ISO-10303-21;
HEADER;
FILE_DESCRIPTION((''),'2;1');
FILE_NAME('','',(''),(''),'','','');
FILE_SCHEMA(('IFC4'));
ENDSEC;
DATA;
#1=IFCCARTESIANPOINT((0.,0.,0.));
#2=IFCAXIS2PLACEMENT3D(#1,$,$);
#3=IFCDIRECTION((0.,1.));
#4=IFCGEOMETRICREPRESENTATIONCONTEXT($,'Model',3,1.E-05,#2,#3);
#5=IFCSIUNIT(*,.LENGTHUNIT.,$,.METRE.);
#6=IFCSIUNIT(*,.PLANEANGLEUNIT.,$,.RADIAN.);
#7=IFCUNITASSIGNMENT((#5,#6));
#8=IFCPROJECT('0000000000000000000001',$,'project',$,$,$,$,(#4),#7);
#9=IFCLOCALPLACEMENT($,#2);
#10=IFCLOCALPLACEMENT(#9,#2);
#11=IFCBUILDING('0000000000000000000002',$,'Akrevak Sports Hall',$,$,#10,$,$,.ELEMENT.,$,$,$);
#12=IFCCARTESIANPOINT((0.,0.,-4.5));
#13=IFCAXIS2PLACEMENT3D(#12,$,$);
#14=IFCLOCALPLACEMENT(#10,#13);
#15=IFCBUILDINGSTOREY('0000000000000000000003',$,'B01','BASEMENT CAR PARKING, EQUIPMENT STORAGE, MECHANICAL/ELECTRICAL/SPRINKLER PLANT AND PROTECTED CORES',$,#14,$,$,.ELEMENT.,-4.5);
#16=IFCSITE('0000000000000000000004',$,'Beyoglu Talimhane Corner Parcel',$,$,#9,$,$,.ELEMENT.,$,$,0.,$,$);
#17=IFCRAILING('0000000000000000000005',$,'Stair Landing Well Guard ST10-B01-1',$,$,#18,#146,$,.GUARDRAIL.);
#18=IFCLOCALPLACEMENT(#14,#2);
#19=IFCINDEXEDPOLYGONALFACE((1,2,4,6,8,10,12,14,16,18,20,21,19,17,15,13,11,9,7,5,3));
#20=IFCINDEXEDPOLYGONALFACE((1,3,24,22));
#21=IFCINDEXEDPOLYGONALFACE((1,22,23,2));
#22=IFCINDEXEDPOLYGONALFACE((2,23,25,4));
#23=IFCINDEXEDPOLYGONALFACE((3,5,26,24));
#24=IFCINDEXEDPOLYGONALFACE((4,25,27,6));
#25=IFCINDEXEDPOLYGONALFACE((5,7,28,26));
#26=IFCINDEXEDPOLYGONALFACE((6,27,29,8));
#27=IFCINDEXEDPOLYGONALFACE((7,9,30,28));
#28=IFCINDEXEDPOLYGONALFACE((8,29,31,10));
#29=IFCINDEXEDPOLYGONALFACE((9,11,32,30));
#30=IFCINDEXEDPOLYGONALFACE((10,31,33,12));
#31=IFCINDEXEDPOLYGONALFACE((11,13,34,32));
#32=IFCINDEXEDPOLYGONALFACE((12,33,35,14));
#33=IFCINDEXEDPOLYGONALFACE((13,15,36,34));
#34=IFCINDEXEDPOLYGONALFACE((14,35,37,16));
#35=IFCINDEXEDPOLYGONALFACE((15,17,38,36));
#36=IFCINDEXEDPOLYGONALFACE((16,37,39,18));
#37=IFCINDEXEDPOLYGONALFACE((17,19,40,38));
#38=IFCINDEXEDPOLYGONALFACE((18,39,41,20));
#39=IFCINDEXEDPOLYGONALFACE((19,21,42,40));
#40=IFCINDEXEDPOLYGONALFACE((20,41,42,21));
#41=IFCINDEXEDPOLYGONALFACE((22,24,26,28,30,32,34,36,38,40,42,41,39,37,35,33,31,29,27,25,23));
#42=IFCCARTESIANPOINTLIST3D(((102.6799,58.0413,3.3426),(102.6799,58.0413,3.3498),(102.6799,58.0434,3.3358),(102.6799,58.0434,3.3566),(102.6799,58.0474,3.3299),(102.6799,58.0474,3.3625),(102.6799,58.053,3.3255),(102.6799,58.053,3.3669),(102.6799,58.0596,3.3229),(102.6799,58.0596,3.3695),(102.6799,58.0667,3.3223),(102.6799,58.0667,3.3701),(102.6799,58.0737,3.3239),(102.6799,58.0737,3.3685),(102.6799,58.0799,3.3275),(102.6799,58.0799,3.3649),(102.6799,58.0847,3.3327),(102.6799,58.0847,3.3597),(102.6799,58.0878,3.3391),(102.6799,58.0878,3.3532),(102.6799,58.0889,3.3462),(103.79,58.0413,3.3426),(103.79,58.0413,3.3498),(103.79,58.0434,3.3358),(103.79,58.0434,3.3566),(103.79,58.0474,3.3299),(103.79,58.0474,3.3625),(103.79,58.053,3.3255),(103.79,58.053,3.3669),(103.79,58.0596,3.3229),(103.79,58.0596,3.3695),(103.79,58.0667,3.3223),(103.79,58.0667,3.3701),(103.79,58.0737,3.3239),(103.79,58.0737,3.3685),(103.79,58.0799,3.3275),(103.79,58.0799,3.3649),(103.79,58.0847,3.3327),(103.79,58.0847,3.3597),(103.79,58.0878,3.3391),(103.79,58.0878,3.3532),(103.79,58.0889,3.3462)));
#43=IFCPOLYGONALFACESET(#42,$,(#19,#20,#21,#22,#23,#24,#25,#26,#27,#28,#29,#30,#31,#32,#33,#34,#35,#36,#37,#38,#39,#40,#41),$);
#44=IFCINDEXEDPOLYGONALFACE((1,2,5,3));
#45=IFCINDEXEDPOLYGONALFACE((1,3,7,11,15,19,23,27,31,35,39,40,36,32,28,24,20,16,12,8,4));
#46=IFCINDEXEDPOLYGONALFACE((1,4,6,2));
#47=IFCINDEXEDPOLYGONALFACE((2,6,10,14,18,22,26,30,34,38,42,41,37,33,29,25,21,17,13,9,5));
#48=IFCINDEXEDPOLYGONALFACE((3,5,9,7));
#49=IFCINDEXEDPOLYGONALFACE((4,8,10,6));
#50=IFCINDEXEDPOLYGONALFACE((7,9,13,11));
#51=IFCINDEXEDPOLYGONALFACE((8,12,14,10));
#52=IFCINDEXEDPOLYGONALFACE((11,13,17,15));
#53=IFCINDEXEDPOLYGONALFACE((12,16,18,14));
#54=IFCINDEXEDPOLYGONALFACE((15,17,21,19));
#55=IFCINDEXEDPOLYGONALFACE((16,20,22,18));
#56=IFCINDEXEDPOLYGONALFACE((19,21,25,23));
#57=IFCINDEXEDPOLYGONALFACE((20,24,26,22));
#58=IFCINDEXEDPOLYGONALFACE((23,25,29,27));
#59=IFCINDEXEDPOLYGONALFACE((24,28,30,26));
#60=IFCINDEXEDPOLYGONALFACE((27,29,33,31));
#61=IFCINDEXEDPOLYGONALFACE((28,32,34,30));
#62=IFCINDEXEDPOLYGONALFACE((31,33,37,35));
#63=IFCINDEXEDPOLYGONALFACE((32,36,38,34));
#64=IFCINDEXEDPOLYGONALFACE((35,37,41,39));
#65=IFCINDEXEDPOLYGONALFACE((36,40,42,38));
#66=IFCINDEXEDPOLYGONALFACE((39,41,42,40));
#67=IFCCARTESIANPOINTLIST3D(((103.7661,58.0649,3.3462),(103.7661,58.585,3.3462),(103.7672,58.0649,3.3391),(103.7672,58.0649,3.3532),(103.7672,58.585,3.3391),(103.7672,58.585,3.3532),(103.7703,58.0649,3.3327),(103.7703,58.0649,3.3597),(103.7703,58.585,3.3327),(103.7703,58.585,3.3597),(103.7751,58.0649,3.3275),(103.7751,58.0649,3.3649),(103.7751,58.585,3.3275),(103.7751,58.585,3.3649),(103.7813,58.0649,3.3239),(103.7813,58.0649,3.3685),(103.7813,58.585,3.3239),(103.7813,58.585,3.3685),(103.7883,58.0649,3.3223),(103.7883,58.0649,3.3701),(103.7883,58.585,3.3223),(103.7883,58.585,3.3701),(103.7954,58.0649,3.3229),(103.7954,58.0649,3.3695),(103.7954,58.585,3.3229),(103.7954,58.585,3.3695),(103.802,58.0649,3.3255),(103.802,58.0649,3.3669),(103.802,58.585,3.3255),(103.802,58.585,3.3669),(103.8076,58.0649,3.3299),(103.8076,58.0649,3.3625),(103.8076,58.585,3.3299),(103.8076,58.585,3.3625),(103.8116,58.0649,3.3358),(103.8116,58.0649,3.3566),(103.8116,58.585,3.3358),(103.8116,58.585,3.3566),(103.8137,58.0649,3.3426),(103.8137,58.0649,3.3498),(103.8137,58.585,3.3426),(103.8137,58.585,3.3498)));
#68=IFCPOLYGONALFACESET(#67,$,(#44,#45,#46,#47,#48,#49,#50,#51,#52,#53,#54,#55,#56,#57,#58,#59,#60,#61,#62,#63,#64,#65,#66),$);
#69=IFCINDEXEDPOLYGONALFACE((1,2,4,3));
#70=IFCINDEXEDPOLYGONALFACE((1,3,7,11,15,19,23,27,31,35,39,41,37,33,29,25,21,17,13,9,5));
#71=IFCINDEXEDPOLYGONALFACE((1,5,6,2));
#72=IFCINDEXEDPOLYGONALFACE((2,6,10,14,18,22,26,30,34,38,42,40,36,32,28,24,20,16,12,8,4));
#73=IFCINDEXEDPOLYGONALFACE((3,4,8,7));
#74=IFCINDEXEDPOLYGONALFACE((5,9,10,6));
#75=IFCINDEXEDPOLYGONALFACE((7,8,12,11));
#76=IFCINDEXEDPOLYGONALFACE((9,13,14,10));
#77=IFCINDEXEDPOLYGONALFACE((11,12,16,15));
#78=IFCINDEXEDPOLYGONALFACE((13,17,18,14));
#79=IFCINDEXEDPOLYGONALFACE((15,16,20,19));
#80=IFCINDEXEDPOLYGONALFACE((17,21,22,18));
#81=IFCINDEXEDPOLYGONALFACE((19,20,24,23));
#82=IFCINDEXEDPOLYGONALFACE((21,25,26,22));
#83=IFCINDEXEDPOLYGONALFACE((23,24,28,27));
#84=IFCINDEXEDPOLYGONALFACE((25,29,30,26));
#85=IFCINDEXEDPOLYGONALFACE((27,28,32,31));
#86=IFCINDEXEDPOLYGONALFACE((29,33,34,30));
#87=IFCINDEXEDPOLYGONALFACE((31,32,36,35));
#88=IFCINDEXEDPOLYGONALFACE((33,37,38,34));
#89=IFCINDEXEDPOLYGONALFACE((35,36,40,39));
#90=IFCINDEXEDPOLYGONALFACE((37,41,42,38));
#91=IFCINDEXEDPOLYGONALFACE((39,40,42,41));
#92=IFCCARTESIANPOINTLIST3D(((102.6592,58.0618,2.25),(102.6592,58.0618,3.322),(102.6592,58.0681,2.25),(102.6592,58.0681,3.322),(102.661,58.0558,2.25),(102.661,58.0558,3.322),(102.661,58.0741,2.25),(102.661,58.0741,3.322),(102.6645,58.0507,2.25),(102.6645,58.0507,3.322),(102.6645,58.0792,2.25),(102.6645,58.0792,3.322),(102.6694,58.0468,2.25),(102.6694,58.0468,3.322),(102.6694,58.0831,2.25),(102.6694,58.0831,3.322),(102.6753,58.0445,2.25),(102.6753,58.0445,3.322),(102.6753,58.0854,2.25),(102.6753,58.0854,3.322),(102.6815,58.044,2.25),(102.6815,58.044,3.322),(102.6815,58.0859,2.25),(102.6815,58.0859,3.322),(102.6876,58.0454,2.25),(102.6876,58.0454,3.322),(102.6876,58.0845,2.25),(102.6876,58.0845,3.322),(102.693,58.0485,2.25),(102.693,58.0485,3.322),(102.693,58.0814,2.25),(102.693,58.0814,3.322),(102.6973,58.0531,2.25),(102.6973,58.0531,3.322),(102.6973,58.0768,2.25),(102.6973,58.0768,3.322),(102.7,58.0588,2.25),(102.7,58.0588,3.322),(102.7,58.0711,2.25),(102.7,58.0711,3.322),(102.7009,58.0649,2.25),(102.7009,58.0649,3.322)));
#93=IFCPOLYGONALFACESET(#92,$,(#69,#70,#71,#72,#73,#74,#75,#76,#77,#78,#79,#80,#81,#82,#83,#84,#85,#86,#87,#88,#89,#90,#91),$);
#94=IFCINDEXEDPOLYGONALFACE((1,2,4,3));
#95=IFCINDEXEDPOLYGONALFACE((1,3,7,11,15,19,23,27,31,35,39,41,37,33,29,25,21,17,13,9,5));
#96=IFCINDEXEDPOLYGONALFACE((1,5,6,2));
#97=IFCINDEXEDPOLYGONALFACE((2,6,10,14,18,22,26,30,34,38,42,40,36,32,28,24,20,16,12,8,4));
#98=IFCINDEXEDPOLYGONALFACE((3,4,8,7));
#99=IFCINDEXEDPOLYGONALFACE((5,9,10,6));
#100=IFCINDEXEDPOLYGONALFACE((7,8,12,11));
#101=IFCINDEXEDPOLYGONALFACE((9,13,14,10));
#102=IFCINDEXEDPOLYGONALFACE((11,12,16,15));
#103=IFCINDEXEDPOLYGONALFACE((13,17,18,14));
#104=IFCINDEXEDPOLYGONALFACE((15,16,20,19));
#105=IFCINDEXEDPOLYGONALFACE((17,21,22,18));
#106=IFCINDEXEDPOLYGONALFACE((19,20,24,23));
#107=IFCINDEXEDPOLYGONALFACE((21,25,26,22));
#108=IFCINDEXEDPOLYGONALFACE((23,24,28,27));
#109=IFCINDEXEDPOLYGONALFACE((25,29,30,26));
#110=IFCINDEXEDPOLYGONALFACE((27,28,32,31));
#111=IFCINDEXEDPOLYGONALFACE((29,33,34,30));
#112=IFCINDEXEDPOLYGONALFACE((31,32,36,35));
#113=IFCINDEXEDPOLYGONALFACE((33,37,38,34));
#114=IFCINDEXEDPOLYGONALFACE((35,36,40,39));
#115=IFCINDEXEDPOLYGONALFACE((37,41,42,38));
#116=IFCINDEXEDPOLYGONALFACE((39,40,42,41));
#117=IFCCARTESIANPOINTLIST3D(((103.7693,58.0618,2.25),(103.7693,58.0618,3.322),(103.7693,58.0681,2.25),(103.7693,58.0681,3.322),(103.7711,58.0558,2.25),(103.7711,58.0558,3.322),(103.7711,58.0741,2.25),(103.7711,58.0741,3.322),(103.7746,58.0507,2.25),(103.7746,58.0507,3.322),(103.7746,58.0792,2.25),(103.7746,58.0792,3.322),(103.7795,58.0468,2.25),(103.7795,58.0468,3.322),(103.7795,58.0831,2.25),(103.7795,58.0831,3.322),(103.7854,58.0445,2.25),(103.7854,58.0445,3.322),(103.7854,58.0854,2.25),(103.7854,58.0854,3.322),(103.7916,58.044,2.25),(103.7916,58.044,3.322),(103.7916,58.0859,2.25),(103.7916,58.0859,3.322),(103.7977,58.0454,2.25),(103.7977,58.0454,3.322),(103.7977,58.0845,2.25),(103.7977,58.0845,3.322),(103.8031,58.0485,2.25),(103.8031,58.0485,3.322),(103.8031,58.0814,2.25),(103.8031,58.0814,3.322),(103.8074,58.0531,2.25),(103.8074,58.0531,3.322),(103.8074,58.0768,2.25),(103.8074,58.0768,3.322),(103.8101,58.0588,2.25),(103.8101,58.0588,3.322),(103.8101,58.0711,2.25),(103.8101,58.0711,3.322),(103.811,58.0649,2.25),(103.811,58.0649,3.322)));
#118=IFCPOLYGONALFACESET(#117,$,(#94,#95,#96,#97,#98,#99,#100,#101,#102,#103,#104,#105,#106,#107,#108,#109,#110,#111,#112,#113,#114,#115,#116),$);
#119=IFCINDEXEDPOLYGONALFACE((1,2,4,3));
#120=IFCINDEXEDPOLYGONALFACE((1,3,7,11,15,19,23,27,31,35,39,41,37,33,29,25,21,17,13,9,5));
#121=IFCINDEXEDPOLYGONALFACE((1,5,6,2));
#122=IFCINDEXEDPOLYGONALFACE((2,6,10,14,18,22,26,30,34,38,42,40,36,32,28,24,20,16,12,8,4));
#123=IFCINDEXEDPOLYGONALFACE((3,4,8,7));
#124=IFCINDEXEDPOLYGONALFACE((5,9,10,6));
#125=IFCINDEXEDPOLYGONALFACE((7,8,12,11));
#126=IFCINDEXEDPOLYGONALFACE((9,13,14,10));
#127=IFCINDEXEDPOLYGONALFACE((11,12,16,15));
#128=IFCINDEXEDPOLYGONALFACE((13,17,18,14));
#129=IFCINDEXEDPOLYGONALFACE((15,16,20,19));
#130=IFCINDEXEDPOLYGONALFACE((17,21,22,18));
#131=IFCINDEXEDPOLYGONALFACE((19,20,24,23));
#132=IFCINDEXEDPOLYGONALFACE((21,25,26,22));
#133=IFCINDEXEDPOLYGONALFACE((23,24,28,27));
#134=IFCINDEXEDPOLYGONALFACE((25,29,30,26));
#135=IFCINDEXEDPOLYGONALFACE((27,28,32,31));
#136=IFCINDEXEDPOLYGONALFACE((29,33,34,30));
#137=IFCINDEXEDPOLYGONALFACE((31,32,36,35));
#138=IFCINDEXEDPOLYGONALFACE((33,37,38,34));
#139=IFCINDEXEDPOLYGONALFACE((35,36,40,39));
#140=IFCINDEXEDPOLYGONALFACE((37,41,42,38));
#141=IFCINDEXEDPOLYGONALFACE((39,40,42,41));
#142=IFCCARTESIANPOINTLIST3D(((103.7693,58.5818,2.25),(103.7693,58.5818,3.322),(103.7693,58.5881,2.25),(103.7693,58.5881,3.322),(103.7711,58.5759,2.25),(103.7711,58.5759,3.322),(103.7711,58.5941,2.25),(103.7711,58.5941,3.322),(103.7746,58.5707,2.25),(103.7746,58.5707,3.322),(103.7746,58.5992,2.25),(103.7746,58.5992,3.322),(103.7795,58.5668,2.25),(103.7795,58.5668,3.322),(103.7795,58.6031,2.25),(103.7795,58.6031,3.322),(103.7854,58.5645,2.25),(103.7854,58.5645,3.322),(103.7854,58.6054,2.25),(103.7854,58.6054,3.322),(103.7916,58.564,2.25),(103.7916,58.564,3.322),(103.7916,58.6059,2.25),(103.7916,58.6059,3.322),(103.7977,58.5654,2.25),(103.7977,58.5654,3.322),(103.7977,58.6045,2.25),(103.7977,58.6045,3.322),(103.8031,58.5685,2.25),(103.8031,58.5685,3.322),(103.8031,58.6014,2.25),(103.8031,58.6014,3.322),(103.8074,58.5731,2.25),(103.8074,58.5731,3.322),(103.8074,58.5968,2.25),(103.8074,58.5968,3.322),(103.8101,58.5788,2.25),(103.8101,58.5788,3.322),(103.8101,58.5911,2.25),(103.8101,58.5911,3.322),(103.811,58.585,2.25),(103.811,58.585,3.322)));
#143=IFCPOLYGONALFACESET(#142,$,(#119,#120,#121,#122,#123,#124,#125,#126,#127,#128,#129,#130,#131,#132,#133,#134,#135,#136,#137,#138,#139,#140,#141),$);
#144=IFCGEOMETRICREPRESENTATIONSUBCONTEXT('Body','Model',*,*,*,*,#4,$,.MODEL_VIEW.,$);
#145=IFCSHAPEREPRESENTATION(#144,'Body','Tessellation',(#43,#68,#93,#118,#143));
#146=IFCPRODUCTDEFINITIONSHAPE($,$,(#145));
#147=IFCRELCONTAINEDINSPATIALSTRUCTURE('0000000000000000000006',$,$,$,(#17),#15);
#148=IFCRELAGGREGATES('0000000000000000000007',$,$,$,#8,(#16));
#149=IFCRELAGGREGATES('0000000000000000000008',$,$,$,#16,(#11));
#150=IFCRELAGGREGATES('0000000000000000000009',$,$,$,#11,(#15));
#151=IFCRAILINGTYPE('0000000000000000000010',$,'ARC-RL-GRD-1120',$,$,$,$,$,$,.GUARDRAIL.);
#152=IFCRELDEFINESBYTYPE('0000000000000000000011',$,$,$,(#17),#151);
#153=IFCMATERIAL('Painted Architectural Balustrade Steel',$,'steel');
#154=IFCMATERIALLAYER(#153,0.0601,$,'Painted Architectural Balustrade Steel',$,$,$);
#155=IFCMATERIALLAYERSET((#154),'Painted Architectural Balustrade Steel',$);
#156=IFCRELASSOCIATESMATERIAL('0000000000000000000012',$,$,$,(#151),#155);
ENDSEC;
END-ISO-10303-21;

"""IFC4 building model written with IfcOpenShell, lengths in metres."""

from ifc_helpers import new_model, si_unit, direction, frame, origin, origin_2d, place, context, subcontext, project, spatial, circle, extrude, material, layer, layer_set, type_object, element, save


model = new_model("IFC4")

# Units and contexts
model_context = context("Model", 3, precision=1e-05, world=origin(), true_north=direction((0.0, 1.0)))
body_context = subcontext(model_context, "Body", "Model", "MODEL_VIEW")
ifc_project = project(units=[si_unit("LENGTHUNIT", "METRE"), si_unit("PLANEANGLEUNIT", "RADIAN")], contexts=[model_context])

# Site, building, storey
site_placement = place(None, origin())
site = spatial("IfcSite", under=ifc_project, at=site_placement, Name="Beyoglu Talimhane Corner Parcel", CompositionType="ELEMENT", RefElevation=0.0)
building_placement = place(site_placement, origin())
building = spatial("IfcBuilding", under=site, at=building_placement, Name="Akrevak Sports Hall", CompositionType="ELEMENT")
storey_placement = place(building_placement, frame((0.0, 0.0, -4.5)))
storey = spatial("IfcBuildingStorey", under=building, at=storey_placement, Name="B01", Description="BASEMENT CAR PARKING, EQUIPMENT STORAGE, MECHANICAL/ELECTRICAL/SPRINKLER PLANT AND PROTECTED CORES", CompositionType="ELEMENT", Elevation=-4.5)

# Railing
ifc_material_1 = material(Name="Painted Architectural Balustrade Steel", Category="steel")
ifc_layer_1 = layer(ifc_material_1, 0.0601, Name="Painted Architectural Balustrade Steel")
ifc_layer_set_1 = layer_set([ifc_layer_1], Name="Painted Architectural Balustrade Steel")
railing_type_1 = type_object("IfcRailingType", Name="ARC-RL-GRD-1120", PredefinedType="GUARDRAIL", material=ifc_layer_set_1)
railing_1_placement = place(storey_placement, frame((102.6799, 58.0649, 2.25)))
element("IfcRailing", 1, at=railing_1_placement, inside=storey, type_object=railing_type_1, Name="Stair Landing Well Guard ST10-B01-1", PredefinedType="GUARDRAIL", context=body_context, shape_type="SweptSolid", body=[
    extrude(circle(Radius=0.0239, at=origin_2d()), frame((0.0, 0.0, 1.0962), z_axis=(1.0, 0.0, 0.0), x_axis=(0.0, 1.0, 0.0)), (0.0, 0.0, 1.0), 1.1101),
    extrude(circle(Radius=0.0239, at=origin_2d()), frame((1.1101, 0.0, 1.0962), z_axis=(0.0, 1.0, 0.0), x_axis=(-1.0, 0.0, 0.0)), (0.0, 0.0, 1.0), 0.52),
    extrude(circle(Radius=0.021, at=origin_2d()), origin(), (0.0, 0.0, 1.0), 1.072),
    extrude(circle(Radius=0.021, at=origin_2d()), frame((1.1101, 0.0, 0.0)), (0.0, 0.0, 1.0), 1.072),
    extrude(circle(Radius=0.021, at=origin_2d()), frame((1.1101, 0.52, 0.0)), (0.0, 0.0, 1.0), 1.072),
])

save(model, "model.ifc")
